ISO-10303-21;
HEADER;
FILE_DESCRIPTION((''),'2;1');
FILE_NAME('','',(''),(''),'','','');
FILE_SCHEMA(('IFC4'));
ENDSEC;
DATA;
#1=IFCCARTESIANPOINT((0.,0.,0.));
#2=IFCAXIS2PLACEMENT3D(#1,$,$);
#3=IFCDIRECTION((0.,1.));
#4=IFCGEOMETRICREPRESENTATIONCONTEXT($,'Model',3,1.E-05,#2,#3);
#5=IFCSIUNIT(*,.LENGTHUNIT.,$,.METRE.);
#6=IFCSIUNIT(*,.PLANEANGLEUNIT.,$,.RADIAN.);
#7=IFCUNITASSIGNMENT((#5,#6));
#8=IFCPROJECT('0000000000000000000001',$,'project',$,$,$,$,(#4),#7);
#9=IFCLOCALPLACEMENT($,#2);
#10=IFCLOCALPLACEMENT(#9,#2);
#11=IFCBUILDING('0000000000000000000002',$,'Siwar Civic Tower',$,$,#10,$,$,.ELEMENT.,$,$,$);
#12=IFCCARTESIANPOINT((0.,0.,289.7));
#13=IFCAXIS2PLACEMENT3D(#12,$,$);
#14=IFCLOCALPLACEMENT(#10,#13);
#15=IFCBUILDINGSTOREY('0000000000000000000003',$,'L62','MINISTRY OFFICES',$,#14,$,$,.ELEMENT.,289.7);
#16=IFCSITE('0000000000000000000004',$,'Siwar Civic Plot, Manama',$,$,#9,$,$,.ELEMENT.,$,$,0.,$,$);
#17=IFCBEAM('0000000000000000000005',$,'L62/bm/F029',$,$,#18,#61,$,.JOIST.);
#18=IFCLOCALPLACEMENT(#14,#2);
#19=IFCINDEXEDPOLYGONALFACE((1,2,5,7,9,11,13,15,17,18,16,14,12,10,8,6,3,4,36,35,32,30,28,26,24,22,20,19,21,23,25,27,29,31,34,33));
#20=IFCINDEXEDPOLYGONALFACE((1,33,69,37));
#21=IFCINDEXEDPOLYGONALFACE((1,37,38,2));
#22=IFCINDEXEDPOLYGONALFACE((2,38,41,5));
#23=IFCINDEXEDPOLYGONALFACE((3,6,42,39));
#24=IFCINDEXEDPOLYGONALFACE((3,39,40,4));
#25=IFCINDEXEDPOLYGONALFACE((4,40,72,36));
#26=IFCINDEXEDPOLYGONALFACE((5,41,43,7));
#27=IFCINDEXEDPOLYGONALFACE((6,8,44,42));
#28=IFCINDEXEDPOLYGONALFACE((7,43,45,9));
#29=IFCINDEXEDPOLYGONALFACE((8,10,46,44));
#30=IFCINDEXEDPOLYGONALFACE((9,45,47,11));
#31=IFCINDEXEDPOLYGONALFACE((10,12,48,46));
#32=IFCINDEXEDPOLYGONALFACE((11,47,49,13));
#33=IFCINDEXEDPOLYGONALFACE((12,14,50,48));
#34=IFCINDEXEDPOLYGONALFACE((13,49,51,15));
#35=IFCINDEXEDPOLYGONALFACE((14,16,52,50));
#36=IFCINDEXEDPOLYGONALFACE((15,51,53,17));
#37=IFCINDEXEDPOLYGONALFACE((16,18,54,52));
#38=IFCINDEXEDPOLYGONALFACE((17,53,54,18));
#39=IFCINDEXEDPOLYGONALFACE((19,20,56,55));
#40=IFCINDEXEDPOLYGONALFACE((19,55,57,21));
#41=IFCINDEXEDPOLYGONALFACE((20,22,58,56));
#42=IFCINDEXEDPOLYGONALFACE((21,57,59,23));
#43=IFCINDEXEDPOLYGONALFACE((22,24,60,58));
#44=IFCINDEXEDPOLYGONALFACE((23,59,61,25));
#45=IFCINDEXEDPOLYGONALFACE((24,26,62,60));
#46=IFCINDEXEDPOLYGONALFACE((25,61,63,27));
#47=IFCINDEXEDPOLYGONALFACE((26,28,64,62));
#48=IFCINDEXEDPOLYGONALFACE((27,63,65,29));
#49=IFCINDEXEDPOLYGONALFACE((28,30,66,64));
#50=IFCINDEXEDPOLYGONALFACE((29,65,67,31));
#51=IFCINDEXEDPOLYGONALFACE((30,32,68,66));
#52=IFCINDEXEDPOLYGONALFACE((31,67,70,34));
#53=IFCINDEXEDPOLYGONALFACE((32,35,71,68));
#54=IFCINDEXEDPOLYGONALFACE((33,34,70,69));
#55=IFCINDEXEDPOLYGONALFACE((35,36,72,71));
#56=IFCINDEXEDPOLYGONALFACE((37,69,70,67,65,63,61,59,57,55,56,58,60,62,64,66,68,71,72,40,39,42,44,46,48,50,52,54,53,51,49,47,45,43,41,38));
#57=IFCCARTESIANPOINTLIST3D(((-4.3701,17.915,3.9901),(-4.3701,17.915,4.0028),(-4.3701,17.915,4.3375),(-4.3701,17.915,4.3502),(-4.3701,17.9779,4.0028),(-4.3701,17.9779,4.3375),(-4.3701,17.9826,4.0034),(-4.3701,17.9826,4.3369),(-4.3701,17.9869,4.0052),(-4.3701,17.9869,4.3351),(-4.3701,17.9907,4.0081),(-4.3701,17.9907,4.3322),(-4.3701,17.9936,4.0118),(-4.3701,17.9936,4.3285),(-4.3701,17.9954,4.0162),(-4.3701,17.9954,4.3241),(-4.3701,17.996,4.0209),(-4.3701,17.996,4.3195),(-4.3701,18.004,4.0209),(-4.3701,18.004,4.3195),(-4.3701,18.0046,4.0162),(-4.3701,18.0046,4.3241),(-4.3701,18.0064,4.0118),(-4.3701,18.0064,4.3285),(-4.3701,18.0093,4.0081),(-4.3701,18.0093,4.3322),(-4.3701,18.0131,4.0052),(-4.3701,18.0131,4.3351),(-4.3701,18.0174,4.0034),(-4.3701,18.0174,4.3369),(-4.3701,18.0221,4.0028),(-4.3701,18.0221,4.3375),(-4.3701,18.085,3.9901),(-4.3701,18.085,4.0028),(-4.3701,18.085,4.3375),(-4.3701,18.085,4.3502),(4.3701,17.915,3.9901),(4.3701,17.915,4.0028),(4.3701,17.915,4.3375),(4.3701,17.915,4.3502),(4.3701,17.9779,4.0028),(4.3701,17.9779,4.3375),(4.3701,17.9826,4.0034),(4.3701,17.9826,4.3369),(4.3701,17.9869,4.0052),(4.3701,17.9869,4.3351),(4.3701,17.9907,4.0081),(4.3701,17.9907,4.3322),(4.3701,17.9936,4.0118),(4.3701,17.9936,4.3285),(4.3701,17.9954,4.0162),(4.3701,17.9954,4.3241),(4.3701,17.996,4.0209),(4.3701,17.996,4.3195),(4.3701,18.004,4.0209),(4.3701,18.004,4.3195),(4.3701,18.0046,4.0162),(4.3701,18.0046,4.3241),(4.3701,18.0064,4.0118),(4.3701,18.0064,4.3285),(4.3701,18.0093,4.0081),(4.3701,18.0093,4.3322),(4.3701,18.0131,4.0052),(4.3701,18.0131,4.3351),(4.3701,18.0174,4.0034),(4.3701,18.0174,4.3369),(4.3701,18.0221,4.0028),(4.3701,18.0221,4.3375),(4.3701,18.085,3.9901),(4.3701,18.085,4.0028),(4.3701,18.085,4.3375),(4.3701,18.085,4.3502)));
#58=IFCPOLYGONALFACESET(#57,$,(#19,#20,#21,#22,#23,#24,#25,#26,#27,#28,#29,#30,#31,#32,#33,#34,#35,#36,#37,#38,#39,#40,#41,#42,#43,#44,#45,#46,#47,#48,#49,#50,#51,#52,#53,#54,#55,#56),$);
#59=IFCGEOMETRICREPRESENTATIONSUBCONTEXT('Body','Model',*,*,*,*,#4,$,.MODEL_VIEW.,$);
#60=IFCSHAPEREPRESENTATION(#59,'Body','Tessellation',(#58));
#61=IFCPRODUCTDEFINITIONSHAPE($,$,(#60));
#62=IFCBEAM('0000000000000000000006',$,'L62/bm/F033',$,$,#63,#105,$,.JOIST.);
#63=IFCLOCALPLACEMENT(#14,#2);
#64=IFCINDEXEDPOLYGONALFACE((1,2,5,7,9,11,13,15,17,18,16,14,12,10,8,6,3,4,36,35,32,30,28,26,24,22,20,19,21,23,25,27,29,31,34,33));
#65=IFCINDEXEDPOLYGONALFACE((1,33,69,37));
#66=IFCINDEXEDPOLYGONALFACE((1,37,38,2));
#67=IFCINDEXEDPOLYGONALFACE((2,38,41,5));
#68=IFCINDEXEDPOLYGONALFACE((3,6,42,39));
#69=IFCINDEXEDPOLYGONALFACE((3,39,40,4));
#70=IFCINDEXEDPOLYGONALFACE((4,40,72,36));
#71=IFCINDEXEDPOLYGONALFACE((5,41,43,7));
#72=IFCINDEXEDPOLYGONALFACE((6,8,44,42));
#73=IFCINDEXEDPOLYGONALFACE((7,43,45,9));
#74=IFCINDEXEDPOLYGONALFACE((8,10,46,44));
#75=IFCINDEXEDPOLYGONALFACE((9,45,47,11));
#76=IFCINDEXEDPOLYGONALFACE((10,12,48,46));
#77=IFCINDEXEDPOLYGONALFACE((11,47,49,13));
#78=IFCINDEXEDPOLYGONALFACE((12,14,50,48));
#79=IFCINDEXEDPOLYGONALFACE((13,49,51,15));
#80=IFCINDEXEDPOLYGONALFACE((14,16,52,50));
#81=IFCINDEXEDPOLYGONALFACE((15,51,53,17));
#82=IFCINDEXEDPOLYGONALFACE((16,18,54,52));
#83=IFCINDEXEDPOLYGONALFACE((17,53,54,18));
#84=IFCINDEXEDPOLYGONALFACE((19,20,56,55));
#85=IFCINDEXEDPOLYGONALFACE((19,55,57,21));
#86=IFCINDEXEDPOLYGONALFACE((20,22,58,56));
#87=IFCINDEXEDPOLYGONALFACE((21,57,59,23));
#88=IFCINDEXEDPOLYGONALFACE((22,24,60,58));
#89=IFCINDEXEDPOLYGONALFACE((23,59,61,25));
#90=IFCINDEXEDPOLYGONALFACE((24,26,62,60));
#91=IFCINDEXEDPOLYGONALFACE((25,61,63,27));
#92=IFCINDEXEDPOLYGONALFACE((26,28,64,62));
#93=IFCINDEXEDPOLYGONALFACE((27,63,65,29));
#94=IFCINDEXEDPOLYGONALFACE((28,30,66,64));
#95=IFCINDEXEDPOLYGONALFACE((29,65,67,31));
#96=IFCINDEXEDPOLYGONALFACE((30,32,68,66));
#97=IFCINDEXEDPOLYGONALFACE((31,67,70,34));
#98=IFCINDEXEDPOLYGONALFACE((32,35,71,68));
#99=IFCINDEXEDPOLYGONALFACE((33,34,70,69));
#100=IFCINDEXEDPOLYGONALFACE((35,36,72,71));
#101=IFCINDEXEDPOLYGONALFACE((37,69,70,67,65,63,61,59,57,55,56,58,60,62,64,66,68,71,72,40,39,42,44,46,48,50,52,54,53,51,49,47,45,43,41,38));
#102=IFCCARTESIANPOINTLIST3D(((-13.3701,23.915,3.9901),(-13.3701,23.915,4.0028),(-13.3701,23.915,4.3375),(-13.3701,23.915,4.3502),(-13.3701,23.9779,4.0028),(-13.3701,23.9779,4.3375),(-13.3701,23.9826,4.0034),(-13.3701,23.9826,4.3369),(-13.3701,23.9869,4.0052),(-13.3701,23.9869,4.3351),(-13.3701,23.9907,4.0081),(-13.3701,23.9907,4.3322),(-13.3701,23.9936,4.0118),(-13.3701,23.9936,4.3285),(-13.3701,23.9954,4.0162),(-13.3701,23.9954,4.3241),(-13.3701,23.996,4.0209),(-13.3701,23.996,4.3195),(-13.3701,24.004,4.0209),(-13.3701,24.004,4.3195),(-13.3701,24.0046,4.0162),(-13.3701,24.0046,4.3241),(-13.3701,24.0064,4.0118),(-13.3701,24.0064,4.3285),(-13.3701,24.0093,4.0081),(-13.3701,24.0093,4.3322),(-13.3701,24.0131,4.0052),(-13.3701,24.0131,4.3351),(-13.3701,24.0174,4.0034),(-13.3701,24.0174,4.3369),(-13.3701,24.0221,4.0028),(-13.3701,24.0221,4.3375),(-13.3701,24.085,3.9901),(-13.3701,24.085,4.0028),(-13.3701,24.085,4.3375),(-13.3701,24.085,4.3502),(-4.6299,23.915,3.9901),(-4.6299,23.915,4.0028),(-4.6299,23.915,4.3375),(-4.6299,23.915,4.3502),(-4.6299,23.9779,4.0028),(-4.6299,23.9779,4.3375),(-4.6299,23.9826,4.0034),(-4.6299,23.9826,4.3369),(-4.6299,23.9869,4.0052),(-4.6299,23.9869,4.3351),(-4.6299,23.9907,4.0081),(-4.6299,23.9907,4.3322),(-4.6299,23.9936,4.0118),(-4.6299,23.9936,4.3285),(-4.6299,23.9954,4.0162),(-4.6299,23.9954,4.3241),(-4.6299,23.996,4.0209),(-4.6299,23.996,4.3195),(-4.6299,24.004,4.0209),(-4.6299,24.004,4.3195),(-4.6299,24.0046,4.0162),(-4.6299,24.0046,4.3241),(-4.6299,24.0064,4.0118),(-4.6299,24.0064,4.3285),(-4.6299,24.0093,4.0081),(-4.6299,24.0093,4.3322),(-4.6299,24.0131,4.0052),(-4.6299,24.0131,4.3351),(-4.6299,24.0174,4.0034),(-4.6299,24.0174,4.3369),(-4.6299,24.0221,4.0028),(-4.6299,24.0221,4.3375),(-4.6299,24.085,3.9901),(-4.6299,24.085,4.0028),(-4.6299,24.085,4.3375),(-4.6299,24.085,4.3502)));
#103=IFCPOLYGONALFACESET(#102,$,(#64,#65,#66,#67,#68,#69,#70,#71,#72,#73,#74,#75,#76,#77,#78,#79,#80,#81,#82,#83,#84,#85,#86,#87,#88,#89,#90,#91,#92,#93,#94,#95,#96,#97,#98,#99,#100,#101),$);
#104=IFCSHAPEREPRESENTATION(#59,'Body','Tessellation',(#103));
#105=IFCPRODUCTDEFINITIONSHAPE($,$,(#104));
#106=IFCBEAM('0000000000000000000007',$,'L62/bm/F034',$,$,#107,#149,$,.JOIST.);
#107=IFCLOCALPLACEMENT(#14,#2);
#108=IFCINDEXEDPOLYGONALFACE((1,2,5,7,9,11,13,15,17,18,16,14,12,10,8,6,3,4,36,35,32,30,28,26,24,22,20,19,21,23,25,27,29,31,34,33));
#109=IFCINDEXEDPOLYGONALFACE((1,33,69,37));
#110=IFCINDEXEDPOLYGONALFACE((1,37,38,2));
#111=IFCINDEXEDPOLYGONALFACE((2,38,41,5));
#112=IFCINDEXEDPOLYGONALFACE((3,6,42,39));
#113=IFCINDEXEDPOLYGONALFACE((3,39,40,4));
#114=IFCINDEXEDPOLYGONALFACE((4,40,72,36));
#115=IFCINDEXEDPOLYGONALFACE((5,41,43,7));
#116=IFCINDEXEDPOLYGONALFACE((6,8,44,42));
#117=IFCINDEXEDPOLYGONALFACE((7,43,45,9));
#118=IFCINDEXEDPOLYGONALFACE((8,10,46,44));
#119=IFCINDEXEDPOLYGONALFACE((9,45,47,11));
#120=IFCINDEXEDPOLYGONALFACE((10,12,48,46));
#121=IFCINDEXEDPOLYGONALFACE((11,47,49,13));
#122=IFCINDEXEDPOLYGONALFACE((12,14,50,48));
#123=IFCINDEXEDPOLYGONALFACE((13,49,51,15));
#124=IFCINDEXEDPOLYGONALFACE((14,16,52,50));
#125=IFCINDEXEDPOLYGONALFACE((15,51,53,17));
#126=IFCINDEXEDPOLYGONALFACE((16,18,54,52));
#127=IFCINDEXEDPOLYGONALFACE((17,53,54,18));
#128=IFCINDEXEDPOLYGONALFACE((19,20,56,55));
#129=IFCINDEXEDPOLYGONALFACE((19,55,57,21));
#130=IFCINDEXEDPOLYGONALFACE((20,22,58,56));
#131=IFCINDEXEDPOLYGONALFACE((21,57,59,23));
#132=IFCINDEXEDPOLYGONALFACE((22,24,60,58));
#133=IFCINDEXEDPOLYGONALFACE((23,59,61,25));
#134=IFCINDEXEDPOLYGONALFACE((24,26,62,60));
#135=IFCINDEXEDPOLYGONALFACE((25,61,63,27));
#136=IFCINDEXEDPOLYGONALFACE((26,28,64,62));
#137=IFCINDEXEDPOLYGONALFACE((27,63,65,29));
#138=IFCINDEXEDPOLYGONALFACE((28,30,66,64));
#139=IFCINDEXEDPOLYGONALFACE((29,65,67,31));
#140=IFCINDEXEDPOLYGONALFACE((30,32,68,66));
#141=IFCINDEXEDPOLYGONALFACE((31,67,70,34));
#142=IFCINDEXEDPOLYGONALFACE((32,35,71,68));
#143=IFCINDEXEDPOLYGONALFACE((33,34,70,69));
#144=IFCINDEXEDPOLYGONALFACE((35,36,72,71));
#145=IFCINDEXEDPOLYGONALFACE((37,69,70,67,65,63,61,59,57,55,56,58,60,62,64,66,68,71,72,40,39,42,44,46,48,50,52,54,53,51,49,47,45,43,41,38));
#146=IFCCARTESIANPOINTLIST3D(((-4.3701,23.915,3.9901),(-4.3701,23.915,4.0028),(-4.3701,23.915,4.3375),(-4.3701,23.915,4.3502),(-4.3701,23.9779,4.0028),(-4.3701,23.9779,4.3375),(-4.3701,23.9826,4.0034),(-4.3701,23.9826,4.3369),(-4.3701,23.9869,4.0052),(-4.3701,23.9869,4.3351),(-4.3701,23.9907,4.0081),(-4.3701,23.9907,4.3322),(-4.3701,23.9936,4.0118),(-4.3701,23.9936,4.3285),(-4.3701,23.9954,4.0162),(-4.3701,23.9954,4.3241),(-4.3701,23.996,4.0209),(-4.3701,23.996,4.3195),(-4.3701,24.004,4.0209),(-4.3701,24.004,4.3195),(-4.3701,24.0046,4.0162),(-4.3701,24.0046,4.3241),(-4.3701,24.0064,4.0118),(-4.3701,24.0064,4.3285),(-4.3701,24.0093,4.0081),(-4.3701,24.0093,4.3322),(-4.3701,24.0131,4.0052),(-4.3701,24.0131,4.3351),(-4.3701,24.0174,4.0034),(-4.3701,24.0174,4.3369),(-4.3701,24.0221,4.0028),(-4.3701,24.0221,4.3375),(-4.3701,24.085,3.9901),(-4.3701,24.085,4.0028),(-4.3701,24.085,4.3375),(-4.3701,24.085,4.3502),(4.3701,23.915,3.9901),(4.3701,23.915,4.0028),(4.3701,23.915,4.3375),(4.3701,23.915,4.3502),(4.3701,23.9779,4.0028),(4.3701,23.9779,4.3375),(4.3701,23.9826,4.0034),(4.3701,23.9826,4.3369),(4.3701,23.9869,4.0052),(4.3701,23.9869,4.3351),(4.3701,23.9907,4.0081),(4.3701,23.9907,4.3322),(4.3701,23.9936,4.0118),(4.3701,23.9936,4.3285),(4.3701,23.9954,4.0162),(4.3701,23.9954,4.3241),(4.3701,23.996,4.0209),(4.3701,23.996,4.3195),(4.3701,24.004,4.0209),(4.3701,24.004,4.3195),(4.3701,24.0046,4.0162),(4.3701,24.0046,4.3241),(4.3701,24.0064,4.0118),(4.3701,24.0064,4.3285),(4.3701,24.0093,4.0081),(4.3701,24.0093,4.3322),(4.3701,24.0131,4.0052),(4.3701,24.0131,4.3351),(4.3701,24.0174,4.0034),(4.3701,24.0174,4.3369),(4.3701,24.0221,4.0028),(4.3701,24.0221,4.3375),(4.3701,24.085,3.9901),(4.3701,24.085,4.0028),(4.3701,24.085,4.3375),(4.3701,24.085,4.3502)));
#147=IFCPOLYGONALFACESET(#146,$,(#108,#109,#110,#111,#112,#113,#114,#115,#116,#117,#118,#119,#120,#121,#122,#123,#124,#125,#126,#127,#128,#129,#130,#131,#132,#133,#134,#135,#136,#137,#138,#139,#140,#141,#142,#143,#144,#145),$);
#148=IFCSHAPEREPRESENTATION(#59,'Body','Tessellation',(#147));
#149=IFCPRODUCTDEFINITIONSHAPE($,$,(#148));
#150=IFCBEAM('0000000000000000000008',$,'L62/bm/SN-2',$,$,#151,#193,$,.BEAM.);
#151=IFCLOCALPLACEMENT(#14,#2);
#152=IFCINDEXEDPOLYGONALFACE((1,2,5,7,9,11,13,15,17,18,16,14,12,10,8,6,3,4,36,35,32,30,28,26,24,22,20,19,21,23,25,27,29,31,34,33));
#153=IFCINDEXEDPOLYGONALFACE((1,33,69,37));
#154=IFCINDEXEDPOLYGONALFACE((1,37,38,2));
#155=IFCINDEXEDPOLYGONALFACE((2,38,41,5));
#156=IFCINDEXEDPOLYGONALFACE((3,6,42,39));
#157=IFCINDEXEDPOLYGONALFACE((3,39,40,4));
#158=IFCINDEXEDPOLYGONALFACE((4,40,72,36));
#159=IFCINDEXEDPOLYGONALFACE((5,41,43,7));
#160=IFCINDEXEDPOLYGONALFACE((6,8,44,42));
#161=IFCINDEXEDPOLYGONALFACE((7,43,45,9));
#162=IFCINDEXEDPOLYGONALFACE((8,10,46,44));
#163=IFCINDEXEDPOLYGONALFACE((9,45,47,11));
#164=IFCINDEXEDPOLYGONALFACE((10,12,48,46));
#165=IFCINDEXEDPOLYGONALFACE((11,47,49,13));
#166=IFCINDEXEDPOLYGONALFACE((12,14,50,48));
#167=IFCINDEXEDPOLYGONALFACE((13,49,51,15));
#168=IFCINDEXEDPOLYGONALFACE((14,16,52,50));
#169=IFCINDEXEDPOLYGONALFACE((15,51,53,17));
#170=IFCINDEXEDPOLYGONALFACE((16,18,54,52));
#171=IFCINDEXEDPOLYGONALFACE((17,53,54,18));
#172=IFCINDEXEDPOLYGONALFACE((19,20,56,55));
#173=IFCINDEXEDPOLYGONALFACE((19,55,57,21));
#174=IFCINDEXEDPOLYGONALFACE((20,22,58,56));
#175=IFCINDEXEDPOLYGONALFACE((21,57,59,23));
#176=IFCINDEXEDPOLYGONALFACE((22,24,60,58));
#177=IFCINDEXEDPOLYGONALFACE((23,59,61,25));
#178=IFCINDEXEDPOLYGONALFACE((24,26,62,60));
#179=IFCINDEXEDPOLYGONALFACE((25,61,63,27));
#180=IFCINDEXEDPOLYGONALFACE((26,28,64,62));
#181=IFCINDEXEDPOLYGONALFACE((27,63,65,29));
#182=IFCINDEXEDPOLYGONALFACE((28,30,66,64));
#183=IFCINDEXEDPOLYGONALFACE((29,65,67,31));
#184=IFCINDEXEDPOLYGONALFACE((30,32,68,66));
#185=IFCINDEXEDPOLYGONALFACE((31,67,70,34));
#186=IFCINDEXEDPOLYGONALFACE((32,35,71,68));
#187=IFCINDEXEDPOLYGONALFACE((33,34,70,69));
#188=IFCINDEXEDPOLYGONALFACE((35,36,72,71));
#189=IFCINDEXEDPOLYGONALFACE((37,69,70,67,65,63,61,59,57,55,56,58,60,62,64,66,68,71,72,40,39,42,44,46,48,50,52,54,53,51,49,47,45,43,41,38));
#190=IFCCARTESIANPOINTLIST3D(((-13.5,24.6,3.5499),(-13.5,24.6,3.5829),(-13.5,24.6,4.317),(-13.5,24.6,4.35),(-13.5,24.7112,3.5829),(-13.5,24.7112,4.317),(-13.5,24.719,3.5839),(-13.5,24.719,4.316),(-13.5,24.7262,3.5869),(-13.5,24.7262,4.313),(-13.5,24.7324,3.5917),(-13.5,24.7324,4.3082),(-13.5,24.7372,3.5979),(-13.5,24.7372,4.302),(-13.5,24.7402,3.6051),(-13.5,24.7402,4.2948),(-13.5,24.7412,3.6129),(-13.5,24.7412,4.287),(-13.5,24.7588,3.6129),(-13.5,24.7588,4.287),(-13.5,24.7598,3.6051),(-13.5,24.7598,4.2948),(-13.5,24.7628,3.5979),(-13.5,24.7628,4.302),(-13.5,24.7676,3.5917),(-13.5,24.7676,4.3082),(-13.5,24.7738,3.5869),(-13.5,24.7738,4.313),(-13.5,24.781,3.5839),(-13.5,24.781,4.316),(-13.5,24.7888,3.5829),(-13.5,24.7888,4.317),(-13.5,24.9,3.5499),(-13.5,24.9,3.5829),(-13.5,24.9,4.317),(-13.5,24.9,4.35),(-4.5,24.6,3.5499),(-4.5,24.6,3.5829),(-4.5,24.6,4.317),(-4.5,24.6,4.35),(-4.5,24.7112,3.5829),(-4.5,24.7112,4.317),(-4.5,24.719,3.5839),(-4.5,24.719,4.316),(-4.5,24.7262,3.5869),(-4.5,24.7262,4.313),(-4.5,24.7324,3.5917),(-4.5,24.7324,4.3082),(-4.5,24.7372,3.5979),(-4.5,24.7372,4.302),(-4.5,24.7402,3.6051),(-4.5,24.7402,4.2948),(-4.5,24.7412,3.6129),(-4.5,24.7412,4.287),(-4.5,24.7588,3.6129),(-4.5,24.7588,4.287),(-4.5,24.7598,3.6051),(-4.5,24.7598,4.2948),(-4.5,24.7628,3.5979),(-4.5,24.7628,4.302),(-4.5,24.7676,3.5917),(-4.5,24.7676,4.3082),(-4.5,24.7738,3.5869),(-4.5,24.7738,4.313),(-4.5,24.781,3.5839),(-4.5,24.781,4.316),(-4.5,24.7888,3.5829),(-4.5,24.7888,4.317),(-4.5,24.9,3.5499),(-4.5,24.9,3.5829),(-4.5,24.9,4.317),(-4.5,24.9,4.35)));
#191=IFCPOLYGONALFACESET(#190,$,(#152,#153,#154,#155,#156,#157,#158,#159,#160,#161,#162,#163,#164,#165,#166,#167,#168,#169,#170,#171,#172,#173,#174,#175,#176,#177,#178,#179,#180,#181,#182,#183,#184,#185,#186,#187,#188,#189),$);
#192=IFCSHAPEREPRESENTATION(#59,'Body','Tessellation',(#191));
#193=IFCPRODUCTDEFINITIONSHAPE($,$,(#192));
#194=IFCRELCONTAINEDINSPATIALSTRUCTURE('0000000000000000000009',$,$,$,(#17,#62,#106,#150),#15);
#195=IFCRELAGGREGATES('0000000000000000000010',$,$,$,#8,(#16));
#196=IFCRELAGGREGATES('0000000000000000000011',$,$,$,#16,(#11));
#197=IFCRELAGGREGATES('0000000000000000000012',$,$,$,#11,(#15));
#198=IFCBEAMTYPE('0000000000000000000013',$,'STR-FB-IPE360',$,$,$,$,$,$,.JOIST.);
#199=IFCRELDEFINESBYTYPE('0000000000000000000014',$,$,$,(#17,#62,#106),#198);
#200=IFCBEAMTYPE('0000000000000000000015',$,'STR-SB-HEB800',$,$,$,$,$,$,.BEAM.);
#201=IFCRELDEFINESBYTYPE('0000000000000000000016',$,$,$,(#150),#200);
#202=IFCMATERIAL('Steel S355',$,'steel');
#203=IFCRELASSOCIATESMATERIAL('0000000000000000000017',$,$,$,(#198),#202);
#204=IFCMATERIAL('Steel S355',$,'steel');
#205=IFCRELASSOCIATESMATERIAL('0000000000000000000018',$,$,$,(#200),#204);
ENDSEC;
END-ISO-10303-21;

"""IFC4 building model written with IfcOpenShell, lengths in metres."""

from ifc_helpers import new_model, si_unit, direction, frame, origin, origin_2d, place, context, subcontext, project, spatial, i_section, extrude, material, material_profile, profile_set, type_object, element, save


model = new_model("IFC4")

# Units and contexts
model_context = context("Model", 3, precision=1e-05, world=origin(), true_north=direction((0.0, 1.0)))
body_context = subcontext(model_context, "Body", "Model", "MODEL_VIEW")
ifc_project = project(units=[si_unit("LENGTHUNIT", "METRE"), si_unit("PLANEANGLEUNIT", "RADIAN")], contexts=[model_context])

# Site, building, storey
site_placement = place(None, origin())
site = spatial("IfcSite", under=ifc_project, at=site_placement, Name="Siwar Civic Plot, Manama", CompositionType="ELEMENT", RefElevation=0.0)
building_placement = place(site_placement, origin())
building = spatial("IfcBuilding", under=site, at=building_placement, Name="Siwar Civic Tower", CompositionType="ELEMENT")
storey_placement = place(building_placement, frame((0.0, 0.0, 289.7)))
storey = spatial("IfcBuildingStorey", under=building, at=storey_placement, Name="L62", Description="MINISTRY OFFICES", CompositionType="ELEMENT", Elevation=289.7)

# Beams
ifc_material_1 = material(Name="Steel S355", Category="steel")
ifc_material_profile_1 = material_profile(ifc_material_1, i_section(OverallWidth=0.1699, OverallDepth=0.3601, WebThickness=0.0081, FlangeThickness=0.0127, FilletRadius=0.0181, at=origin_2d()), Name="IPE360")
ifc_profile_set_1 = profile_set([ifc_material_profile_1], Name="Steel S355")
beam_type_1 = type_object("IfcBeamType", Name="STR-FB-IPE360", PredefinedType="JOIST", material=ifc_profile_set_1)
for number, where, z_axis, x_axis, name in (
    (1, (-4.3701, 18.0, 4.1702), (1.0, 0.0, 0.0), (0.0, 1.0, 0.0), "L62/bm/F029"),
    (2, (-13.3701, 24.0, 4.1702), (1.0, 0.0, 0.0), (0.0, 1.0, 0.0), "L62/bm/F033"),
    (3, (-4.3701, 24.0, 4.1702), (1.0, 0.0, 0.0), (0.0, 1.0, 0.0), "L62/bm/F034"),
):
    element("IfcBeam", number, at=place(storey_placement, frame(where, z_axis=z_axis, x_axis=x_axis)), inside=storey, type_object=beam_type_1, Name=name, PredefinedType="JOIST", context=body_context, shape_type="SweptSolid", body=[
        extrude(i_section(OverallWidth=0.1699, OverallDepth=0.3601, WebThickness=0.0081, FlangeThickness=0.0127, FilletRadius=0.0181, at=origin_2d()), origin(), (0.0, 0.0, 1.0), 8.7402),
    ])
ifc_material_2 = material(Name="Steel S355", Category="steel")
ifc_material_profile_2 = material_profile(ifc_material_2, i_section(OverallWidth=0.3, OverallDepth=0.8, WebThickness=0.0176, FlangeThickness=0.033, FilletRadius=0.03, at=origin_2d()), Name="HEB800")
ifc_profile_set_2 = profile_set([ifc_material_profile_2], Name="Steel S355")
beam_type_2 = type_object("IfcBeamType", Name="STR-SB-HEB800", PredefinedType="BEAM", material=ifc_profile_set_2)
beam_1_placement = place(storey_placement, frame((-4.5, 24.75, 3.95), z_axis=(-1.0, 0.0, 0.0), x_axis=(0.0, -1.0, 0.0)))
element("IfcBeam", 4, at=beam_1_placement, inside=storey, type_object=beam_type_2, Name="L62/bm/SN-2", PredefinedType="BEAM", context=body_context, shape_type="SweptSolid", body=[
    extrude(i_section(OverallWidth=0.3, OverallDepth=0.8, WebThickness=0.0176, FlangeThickness=0.033, FilletRadius=0.03, at=origin_2d()), origin(), (0.0, 0.0, 1.0), 9.0),
])

save(model, "model.ifc")
